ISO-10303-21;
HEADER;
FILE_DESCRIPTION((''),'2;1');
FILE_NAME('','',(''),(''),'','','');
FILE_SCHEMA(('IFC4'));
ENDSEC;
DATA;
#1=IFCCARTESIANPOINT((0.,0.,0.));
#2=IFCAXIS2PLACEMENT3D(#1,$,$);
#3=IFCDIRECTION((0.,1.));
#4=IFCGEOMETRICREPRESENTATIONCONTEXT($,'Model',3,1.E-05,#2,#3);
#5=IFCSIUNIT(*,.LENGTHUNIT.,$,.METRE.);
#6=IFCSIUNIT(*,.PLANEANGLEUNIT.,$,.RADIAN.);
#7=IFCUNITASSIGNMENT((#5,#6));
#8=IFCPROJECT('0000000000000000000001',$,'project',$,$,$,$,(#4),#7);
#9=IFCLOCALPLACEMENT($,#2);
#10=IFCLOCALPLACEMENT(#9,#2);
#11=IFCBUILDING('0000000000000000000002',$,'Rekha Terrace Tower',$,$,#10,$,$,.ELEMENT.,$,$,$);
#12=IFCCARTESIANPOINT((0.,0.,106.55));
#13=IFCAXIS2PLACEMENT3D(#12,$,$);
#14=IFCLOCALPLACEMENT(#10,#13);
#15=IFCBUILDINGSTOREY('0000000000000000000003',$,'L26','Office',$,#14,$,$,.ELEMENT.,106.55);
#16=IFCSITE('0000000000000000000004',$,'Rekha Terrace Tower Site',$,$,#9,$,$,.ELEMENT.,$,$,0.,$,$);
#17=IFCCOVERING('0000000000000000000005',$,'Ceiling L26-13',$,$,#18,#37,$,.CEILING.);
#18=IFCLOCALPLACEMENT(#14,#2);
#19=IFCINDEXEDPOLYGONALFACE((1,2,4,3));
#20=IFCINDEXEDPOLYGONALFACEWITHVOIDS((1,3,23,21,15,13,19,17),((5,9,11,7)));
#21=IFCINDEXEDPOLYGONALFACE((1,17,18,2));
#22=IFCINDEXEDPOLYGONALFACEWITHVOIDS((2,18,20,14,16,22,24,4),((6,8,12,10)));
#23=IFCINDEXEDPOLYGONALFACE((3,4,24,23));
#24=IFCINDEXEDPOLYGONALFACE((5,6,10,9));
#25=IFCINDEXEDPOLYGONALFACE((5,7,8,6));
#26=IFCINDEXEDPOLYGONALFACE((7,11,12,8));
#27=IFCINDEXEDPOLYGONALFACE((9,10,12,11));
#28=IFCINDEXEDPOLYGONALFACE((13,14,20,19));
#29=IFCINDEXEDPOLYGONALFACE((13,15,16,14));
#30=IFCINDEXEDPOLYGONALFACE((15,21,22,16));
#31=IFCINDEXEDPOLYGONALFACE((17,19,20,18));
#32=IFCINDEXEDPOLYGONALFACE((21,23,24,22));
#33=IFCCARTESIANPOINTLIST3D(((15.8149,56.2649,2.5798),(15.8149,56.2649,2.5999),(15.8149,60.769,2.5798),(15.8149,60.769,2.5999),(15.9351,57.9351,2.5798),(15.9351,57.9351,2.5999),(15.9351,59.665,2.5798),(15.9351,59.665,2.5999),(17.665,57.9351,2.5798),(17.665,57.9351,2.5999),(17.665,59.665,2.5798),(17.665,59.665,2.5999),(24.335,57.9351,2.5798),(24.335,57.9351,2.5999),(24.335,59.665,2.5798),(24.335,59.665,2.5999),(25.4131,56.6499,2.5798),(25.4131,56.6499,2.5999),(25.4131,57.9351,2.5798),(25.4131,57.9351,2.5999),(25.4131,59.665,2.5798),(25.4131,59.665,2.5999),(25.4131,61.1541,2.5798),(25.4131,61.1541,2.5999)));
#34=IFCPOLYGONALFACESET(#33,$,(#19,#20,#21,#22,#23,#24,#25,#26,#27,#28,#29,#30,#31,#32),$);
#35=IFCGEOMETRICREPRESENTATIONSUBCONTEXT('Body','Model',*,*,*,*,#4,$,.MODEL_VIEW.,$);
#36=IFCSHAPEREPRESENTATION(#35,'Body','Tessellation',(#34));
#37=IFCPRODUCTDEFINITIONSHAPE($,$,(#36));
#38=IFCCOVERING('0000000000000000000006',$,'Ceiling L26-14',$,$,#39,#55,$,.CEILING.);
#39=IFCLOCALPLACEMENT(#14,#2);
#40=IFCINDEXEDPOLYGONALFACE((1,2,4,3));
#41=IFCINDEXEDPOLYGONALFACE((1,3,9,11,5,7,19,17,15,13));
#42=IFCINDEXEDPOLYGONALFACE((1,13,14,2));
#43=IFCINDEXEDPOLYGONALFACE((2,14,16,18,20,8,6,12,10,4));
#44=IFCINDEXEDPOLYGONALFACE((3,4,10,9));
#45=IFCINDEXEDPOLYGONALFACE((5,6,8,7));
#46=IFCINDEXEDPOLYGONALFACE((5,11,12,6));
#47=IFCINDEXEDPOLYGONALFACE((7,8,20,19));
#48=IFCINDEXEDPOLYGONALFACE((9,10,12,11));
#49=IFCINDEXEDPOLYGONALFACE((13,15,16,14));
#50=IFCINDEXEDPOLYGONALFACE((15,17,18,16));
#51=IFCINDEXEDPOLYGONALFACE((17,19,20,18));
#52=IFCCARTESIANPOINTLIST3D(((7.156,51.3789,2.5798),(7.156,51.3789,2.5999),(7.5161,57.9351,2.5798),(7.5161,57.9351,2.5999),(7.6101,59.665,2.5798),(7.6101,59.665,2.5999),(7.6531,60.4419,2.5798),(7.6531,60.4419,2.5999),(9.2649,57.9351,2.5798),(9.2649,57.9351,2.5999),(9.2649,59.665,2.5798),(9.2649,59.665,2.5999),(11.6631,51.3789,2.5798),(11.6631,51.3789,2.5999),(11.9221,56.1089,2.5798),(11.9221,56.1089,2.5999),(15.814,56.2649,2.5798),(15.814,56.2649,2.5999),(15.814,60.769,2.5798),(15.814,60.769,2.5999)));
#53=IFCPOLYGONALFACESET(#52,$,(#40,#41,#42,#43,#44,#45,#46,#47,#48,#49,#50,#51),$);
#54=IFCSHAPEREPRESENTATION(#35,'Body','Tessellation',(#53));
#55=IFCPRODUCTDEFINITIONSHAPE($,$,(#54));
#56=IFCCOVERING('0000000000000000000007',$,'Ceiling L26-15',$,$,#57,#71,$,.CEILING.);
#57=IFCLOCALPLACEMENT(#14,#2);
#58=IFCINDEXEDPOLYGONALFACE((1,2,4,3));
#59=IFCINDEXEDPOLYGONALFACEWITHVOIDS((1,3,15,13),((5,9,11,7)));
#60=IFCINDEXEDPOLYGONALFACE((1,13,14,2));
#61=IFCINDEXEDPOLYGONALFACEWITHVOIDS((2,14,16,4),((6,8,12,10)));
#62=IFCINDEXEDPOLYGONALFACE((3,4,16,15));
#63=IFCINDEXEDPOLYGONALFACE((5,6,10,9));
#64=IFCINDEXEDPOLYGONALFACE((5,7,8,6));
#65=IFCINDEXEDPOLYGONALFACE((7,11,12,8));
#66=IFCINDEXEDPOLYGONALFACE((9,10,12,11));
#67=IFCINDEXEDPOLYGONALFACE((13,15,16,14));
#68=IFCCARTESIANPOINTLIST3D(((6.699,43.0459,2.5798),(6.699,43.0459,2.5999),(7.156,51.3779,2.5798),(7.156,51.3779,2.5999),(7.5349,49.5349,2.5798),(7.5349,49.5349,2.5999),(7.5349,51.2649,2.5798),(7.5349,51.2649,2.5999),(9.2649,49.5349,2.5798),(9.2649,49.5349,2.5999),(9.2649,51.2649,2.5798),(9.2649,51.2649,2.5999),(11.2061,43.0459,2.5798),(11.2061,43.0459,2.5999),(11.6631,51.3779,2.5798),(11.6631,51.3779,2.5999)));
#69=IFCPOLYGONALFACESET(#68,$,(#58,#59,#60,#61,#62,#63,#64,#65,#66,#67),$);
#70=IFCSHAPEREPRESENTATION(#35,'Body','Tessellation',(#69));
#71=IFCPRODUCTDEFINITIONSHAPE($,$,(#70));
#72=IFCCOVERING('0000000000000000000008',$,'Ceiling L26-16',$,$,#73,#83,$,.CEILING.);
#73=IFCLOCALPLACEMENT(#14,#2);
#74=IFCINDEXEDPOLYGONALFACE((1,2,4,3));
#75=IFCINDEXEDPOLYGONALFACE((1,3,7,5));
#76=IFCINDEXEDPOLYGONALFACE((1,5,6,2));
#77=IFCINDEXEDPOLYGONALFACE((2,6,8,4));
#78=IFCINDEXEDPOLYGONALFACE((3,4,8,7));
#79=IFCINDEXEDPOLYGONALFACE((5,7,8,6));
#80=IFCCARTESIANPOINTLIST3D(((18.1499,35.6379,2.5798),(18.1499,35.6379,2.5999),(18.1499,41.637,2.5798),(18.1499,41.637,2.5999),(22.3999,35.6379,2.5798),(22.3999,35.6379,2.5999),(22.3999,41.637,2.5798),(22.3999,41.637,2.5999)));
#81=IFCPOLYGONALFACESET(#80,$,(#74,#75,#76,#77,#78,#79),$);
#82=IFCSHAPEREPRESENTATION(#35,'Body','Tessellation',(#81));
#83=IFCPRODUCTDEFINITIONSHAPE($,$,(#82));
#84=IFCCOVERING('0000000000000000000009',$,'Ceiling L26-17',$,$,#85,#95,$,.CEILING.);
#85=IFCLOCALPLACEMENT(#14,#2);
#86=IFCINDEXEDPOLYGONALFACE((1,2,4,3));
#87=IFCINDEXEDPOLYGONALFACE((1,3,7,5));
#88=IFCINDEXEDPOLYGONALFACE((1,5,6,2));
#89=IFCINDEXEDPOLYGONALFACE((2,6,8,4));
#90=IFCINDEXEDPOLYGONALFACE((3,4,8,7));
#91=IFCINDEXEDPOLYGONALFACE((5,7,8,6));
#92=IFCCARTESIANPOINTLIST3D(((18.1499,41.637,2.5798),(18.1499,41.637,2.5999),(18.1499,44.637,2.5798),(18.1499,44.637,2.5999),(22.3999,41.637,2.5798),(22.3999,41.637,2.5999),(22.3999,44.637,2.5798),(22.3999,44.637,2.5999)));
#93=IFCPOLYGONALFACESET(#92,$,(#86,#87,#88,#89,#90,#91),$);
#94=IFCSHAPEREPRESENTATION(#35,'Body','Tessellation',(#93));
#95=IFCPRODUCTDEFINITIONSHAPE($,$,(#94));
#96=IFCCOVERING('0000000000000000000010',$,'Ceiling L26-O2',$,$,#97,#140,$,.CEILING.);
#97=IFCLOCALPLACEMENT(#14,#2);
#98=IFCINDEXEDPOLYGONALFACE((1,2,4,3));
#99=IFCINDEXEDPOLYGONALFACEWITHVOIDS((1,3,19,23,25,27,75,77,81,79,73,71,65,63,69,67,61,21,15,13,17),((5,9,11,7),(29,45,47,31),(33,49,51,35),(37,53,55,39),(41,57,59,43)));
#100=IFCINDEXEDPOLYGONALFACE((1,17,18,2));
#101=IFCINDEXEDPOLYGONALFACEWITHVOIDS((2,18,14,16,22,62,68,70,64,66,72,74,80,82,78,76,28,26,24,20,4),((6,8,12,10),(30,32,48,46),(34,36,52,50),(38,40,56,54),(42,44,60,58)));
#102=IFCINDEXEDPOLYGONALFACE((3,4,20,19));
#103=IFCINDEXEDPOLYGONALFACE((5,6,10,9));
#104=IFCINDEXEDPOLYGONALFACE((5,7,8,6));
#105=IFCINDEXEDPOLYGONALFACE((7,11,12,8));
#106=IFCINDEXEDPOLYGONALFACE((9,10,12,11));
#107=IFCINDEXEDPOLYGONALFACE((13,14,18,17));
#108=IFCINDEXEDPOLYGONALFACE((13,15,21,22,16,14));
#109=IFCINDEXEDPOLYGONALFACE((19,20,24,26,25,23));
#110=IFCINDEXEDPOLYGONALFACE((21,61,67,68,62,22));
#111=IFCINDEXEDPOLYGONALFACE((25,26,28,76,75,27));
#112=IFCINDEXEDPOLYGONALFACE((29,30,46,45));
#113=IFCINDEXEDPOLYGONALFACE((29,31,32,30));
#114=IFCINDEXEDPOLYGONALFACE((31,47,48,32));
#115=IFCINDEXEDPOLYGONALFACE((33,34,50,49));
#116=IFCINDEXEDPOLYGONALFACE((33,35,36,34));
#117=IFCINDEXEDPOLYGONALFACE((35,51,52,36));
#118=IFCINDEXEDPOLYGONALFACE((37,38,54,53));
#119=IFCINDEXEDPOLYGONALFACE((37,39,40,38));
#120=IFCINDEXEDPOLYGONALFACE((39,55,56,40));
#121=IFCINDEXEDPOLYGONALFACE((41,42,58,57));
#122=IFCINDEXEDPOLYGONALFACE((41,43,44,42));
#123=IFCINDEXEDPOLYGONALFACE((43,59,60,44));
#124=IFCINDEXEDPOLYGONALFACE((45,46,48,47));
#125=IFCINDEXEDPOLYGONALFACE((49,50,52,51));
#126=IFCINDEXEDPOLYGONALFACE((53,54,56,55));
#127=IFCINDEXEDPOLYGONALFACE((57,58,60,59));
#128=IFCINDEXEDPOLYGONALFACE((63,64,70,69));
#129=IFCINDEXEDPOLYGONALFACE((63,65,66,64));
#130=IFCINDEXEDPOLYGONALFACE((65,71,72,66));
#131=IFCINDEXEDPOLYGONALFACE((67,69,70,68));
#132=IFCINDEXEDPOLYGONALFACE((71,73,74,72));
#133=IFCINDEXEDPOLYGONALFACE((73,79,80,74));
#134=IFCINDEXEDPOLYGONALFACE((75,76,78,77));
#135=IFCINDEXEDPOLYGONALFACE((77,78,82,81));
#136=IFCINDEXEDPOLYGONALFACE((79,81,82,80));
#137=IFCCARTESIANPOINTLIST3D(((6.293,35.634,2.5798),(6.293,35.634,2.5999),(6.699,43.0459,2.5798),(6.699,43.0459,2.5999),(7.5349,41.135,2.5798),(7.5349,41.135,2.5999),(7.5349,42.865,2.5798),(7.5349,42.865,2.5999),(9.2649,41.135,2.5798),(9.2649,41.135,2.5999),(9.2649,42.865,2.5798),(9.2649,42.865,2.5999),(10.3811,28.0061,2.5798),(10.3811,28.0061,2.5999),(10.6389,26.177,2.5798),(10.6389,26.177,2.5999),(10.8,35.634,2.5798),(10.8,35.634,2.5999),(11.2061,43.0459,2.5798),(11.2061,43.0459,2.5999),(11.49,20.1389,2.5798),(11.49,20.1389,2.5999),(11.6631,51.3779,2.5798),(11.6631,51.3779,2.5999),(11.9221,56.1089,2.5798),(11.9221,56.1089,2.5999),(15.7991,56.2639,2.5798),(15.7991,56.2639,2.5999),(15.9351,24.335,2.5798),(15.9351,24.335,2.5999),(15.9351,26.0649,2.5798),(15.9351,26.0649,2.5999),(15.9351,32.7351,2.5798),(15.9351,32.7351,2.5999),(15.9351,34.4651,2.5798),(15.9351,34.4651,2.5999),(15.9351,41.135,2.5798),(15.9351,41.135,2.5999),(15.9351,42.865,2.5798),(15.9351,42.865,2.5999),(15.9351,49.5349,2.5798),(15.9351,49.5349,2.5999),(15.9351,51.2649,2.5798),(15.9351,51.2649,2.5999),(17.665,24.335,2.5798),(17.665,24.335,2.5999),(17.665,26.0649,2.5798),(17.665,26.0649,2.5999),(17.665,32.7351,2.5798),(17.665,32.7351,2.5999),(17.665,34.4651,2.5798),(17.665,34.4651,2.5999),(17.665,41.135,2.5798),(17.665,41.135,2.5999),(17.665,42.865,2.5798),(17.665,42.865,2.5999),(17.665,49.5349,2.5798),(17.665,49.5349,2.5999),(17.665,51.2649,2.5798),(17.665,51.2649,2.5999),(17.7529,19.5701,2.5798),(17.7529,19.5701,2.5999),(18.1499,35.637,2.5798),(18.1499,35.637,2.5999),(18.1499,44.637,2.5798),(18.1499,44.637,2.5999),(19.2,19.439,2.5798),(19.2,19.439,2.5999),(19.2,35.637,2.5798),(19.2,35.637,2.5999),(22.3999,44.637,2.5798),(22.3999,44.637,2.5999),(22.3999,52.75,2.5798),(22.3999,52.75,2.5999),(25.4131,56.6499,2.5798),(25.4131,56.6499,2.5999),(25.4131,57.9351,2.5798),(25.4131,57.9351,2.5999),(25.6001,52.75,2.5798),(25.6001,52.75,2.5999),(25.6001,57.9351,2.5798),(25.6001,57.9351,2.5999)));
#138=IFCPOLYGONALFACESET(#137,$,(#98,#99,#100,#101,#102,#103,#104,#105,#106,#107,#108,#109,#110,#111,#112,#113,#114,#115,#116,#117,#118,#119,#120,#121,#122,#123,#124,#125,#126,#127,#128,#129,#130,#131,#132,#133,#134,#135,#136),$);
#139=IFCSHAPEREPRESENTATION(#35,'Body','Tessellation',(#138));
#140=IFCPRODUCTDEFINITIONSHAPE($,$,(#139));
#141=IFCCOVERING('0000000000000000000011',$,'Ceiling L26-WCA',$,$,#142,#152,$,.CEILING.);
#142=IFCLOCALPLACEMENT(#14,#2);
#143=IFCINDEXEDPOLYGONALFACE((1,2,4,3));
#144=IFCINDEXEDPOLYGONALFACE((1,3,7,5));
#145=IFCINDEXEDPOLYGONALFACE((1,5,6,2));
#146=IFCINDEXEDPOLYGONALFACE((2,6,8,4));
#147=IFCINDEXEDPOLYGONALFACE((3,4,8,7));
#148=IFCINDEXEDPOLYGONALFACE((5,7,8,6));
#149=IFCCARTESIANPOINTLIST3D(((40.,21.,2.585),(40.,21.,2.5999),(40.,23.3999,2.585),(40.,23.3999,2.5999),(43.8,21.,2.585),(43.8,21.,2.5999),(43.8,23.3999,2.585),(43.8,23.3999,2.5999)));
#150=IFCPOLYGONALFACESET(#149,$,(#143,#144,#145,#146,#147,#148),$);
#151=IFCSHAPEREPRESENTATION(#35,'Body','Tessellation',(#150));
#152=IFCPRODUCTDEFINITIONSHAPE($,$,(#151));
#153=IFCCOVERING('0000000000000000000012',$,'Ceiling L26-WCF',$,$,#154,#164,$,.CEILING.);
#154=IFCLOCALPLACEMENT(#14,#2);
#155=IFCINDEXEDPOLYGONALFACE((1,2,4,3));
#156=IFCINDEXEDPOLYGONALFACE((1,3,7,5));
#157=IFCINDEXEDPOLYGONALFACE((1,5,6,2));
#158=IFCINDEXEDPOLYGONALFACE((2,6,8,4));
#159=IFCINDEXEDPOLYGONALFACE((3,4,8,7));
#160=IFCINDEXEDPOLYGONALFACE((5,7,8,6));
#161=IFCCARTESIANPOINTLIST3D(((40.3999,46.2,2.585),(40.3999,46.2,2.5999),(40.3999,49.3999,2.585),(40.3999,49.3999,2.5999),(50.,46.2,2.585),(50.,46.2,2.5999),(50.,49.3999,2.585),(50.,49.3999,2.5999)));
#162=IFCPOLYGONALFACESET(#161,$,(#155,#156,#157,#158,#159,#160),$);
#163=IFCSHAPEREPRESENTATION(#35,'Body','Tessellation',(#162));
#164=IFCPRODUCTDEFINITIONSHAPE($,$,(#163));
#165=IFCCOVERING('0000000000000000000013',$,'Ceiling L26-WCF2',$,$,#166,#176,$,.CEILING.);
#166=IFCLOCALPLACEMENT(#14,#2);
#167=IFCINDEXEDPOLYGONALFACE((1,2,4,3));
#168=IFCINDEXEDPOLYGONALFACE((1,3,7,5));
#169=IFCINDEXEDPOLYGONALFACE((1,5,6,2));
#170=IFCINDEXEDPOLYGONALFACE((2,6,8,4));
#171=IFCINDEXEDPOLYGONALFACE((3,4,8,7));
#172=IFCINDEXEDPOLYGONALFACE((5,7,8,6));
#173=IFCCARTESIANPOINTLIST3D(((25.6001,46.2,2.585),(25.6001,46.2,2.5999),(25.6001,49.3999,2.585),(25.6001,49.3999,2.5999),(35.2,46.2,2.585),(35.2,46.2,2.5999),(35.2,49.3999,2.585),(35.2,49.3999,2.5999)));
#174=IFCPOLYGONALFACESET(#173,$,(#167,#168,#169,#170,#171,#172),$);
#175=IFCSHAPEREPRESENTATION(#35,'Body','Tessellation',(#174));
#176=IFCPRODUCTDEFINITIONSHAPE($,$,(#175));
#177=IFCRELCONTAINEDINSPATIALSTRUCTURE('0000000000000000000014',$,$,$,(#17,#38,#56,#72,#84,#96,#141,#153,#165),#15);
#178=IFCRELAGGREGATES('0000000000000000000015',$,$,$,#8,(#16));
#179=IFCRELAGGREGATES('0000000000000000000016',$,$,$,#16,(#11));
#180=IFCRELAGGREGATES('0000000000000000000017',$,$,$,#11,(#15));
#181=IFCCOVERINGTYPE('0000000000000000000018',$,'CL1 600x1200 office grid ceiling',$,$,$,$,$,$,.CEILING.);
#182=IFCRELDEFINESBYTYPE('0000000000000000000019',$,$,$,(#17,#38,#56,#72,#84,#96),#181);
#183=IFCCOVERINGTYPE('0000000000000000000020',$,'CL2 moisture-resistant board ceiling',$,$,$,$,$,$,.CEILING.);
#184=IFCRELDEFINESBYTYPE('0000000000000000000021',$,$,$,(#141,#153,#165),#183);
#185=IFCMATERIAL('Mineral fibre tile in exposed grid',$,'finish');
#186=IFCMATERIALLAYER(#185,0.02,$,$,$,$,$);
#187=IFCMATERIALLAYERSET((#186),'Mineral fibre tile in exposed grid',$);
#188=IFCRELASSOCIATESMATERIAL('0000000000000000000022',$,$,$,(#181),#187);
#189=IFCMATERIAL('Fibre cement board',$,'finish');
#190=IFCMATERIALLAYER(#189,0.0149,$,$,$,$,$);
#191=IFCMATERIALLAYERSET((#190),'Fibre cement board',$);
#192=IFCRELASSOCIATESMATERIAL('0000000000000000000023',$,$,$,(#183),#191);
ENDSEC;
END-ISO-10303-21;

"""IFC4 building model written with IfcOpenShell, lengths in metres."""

from ifc_helpers import new_model, si_unit, direction, frame, origin, place, context, subcontext, project, spatial, polyline, outline, extrude, material, layer, layer_set, type_object, element, save


model = new_model("IFC4")

# Units and contexts
model_context = context("Model", 3, precision=1e-05, world=origin(), true_north=direction((0.0, 1.0)))
body_context = subcontext(model_context, "Body", "Model", "MODEL_VIEW")
ifc_project = project(units=[si_unit("LENGTHUNIT", "METRE"), si_unit("PLANEANGLEUNIT", "RADIAN")], contexts=[model_context])

# Site, building, storey
site_placement = place(None, origin())
site = spatial("IfcSite", under=ifc_project, at=site_placement, Name="Rekha Terrace Tower Site", CompositionType="ELEMENT", RefElevation=0.0)
building_placement = place(site_placement, origin())
building = spatial("IfcBuilding", under=site, at=building_placement, Name="Rekha Terrace Tower", CompositionType="ELEMENT")
storey_placement = place(building_placement, frame((0.0, 0.0, 106.55)))
storey = spatial("IfcBuildingStorey", under=building, at=storey_placement, Name="L26", Description="Office", CompositionType="ELEMENT", Elevation=106.55)

# Coverings
ifc_material_1 = material(Name="Mineral fibre tile in exposed grid", Category="finish")
ifc_layer_1 = layer(ifc_material_1, 0.02)
ifc_layer_set_1 = layer_set([ifc_layer_1], Name="Mineral fibre tile in exposed grid")
covering_type_1 = type_object("IfcCoveringType", Name="CL1 600x1200 office grid ceiling", PredefinedType="CEILING", material=ifc_layer_set_1)
covering_1_placement = place(storey_placement, frame((0.0, 0.0, 2.5798)))
element("IfcCovering", 1, at=covering_1_placement, inside=storey, type_object=covering_type_1, Name="Ceiling L26-13", PredefinedType="CEILING", context=body_context, shape_type="SweptSolid", body=[
    extrude(outline(polyline([(25.4131, 61.1541), (15.8149, 60.769), (15.8149, 56.2649), (25.4131, 56.6499), (25.4131, 57.9351), (24.335, 57.9351), (24.335, 59.665), (25.4131, 59.665), (25.4131, 61.1541)]), holes=[polyline([(17.665, 57.9351), (15.9351, 57.9351), (15.9351, 59.665), (17.665, 59.665), (17.665, 57.9351)])]), origin(), (0.0, 0.0, 1.0), 0.02),
])
covering_2_placement = place(storey_placement, frame((0.0, 0.0, 2.5798)))
element("IfcCovering", 2, at=covering_2_placement, inside=storey, type_object=covering_type_1, Name="Ceiling L26-14", PredefinedType="CEILING", context=body_context, shape_type="SweptSolid", body=[
    extrude(outline(polyline([(7.5161, 57.9351), (7.156, 51.3789), (11.6631, 51.3789), (11.9221, 56.1089), (15.814, 56.2649), (15.814, 60.769), (7.6531, 60.4419), (7.6101, 59.665), (9.2649, 59.665), (9.2649, 57.9351), (7.5161, 57.9351)])), origin(), (0.0, 0.0, 1.0), 0.02),
])
covering_3_placement = place(storey_placement, frame((0.0, 0.0, 2.5798)))
element("IfcCovering", 3, at=covering_3_placement, inside=storey, type_object=covering_type_1, Name="Ceiling L26-15", PredefinedType="CEILING", context=body_context, shape_type="SweptSolid", body=[
    extrude(outline(polyline([(11.6631, 51.3779), (7.156, 51.3779), (6.699, 43.0459), (11.2061, 43.0459), (11.6631, 51.3779)]), holes=[polyline([(9.2649, 51.2649), (9.2649, 49.5349), (7.5349, 49.5349), (7.5349, 51.2649), (9.2649, 51.2649)])]), origin(), (0.0, 0.0, 1.0), 0.02),
])
covering_4_placement = place(storey_placement, frame((0.0, 0.0, 2.5798)))
element("IfcCovering", 4, at=covering_4_placement, inside=storey, type_object=covering_type_1, Name="Ceiling L26-16", PredefinedType="CEILING", context=body_context, shape_type="SweptSolid", body=[
    extrude(outline(polyline([(22.3999, 41.637), (18.1499, 41.637), (18.1499, 35.6379), (22.3999, 35.6379), (22.3999, 41.637)])), origin(), (0.0, 0.0, 1.0), 0.02),
])
covering_5_placement = place(storey_placement, frame((0.0, 0.0, 2.5798)))
element("IfcCovering", 5, at=covering_5_placement, inside=storey, type_object=covering_type_1, Name="Ceiling L26-17", PredefinedType="CEILING", context=body_context, shape_type="SweptSolid", body=[
    extrude(outline(polyline([(22.3999, 44.637), (18.1499, 44.637), (18.1499, 41.637), (22.3999, 41.637), (22.3999, 44.637)])), origin(), (0.0, 0.0, 1.0), 0.02),
])
covering_6_placement = place(storey_placement, frame((0.0, 0.0, 2.5798)))
element("IfcCovering", 6, at=covering_6_placement, inside=storey, type_object=covering_type_1, Name="Ceiling L26-O2", PredefinedType="CEILING", context=body_context, shape_type="SweptSolid", body=[
    extrude(outline(polyline([(10.3811, 28.0061), (10.6389, 26.177), (11.49, 20.1389), (17.7529, 19.5701), (19.2, 19.439), (19.2, 35.637), (18.1499, 35.637), (18.1499, 44.637), (22.3999, 44.637), (22.3999, 52.75), (25.6001, 52.75), (25.6001, 57.9351), (25.4131, 57.9351), (25.4131, 56.6499), (15.7991, 56.2639), (11.9221, 56.1089), (11.6631, 51.3779), (11.2061, 43.0459), (6.699, 43.0459), (6.293, 35.634), (10.8, 35.634), (10.3811, 28.0061)]), holes=[polyline([(17.665, 26.0649), (17.665, 24.335), (15.9351, 24.335), (15.9351, 26.0649), (17.665, 26.0649)]), polyline([(17.665, 34.4651), (17.665, 32.7351), (15.9351, 32.7351), (15.9351, 34.4651), (17.665, 34.4651)]), polyline([(17.665, 41.135), (15.9351, 41.135), (15.9351, 42.865), (17.665, 42.865), (17.665, 41.135)]), polyline([(17.665, 49.5349), (15.9351, 49.5349), (15.9351, 51.2649), (17.665, 51.2649), (17.665, 49.5349)]), polyline([(9.2649, 41.135), (7.5349, 41.135), (7.5349, 42.865), (9.2649, 42.865), (9.2649, 41.135)])]), origin(), (0.0, 0.0, 1.0), 0.02),
])
ifc_material_2 = material(Name="Fibre cement board", Category="finish")
ifc_layer_2 = layer(ifc_material_2, 0.0149)
ifc_layer_set_2 = layer_set([ifc_layer_2], Name="Fibre cement board")
covering_type_2 = type_object("IfcCoveringType", Name="CL2 moisture-resistant board ceiling", PredefinedType="CEILING", material=ifc_layer_set_2)
covering_7_placement = place(storey_placement, frame((0.0, 0.0, 2.585)))
element("IfcCovering", 7, at=covering_7_placement, inside=storey, type_object=covering_type_2, Name="Ceiling L26-WCA", PredefinedType="CEILING", context=body_context, shape_type="SweptSolid", body=[
    extrude(outline(polyline([(43.8, 23.3999), (40.0, 23.3999), (40.0, 21.0), (43.8, 21.0), (43.8, 23.3999)])), origin(), (0.0, 0.0, 1.0), 0.0149),
])
covering_8_placement = place(storey_placement, frame((0.0, 0.0, 2.585)))
element("IfcCovering", 8, at=covering_8_placement, inside=storey, type_object=covering_type_2, Name="Ceiling L26-WCF", PredefinedType="CEILING", context=body_context, shape_type="SweptSolid", body=[
    extrude(outline(polyline([(50.0, 49.3999), (40.3999, 49.3999), (40.3999, 46.2), (50.0, 46.2), (50.0, 49.3999)])), origin(), (0.0, 0.0, 1.0), 0.0149),
])
covering_9_placement = place(storey_placement, frame((0.0, 0.0, 2.585)))
element("IfcCovering", 9, at=covering_9_placement, inside=storey, type_object=covering_type_2, Name="Ceiling L26-WCF2", PredefinedType="CEILING", context=body_context, shape_type="SweptSolid", body=[
    extrude(outline(polyline([(35.2, 49.3999), (25.6001, 49.3999), (25.6001, 46.2), (35.2, 46.2), (35.2, 49.3999)])), origin(), (0.0, 0.0, 1.0), 0.0149),
])

save(model, "model.ifc")
